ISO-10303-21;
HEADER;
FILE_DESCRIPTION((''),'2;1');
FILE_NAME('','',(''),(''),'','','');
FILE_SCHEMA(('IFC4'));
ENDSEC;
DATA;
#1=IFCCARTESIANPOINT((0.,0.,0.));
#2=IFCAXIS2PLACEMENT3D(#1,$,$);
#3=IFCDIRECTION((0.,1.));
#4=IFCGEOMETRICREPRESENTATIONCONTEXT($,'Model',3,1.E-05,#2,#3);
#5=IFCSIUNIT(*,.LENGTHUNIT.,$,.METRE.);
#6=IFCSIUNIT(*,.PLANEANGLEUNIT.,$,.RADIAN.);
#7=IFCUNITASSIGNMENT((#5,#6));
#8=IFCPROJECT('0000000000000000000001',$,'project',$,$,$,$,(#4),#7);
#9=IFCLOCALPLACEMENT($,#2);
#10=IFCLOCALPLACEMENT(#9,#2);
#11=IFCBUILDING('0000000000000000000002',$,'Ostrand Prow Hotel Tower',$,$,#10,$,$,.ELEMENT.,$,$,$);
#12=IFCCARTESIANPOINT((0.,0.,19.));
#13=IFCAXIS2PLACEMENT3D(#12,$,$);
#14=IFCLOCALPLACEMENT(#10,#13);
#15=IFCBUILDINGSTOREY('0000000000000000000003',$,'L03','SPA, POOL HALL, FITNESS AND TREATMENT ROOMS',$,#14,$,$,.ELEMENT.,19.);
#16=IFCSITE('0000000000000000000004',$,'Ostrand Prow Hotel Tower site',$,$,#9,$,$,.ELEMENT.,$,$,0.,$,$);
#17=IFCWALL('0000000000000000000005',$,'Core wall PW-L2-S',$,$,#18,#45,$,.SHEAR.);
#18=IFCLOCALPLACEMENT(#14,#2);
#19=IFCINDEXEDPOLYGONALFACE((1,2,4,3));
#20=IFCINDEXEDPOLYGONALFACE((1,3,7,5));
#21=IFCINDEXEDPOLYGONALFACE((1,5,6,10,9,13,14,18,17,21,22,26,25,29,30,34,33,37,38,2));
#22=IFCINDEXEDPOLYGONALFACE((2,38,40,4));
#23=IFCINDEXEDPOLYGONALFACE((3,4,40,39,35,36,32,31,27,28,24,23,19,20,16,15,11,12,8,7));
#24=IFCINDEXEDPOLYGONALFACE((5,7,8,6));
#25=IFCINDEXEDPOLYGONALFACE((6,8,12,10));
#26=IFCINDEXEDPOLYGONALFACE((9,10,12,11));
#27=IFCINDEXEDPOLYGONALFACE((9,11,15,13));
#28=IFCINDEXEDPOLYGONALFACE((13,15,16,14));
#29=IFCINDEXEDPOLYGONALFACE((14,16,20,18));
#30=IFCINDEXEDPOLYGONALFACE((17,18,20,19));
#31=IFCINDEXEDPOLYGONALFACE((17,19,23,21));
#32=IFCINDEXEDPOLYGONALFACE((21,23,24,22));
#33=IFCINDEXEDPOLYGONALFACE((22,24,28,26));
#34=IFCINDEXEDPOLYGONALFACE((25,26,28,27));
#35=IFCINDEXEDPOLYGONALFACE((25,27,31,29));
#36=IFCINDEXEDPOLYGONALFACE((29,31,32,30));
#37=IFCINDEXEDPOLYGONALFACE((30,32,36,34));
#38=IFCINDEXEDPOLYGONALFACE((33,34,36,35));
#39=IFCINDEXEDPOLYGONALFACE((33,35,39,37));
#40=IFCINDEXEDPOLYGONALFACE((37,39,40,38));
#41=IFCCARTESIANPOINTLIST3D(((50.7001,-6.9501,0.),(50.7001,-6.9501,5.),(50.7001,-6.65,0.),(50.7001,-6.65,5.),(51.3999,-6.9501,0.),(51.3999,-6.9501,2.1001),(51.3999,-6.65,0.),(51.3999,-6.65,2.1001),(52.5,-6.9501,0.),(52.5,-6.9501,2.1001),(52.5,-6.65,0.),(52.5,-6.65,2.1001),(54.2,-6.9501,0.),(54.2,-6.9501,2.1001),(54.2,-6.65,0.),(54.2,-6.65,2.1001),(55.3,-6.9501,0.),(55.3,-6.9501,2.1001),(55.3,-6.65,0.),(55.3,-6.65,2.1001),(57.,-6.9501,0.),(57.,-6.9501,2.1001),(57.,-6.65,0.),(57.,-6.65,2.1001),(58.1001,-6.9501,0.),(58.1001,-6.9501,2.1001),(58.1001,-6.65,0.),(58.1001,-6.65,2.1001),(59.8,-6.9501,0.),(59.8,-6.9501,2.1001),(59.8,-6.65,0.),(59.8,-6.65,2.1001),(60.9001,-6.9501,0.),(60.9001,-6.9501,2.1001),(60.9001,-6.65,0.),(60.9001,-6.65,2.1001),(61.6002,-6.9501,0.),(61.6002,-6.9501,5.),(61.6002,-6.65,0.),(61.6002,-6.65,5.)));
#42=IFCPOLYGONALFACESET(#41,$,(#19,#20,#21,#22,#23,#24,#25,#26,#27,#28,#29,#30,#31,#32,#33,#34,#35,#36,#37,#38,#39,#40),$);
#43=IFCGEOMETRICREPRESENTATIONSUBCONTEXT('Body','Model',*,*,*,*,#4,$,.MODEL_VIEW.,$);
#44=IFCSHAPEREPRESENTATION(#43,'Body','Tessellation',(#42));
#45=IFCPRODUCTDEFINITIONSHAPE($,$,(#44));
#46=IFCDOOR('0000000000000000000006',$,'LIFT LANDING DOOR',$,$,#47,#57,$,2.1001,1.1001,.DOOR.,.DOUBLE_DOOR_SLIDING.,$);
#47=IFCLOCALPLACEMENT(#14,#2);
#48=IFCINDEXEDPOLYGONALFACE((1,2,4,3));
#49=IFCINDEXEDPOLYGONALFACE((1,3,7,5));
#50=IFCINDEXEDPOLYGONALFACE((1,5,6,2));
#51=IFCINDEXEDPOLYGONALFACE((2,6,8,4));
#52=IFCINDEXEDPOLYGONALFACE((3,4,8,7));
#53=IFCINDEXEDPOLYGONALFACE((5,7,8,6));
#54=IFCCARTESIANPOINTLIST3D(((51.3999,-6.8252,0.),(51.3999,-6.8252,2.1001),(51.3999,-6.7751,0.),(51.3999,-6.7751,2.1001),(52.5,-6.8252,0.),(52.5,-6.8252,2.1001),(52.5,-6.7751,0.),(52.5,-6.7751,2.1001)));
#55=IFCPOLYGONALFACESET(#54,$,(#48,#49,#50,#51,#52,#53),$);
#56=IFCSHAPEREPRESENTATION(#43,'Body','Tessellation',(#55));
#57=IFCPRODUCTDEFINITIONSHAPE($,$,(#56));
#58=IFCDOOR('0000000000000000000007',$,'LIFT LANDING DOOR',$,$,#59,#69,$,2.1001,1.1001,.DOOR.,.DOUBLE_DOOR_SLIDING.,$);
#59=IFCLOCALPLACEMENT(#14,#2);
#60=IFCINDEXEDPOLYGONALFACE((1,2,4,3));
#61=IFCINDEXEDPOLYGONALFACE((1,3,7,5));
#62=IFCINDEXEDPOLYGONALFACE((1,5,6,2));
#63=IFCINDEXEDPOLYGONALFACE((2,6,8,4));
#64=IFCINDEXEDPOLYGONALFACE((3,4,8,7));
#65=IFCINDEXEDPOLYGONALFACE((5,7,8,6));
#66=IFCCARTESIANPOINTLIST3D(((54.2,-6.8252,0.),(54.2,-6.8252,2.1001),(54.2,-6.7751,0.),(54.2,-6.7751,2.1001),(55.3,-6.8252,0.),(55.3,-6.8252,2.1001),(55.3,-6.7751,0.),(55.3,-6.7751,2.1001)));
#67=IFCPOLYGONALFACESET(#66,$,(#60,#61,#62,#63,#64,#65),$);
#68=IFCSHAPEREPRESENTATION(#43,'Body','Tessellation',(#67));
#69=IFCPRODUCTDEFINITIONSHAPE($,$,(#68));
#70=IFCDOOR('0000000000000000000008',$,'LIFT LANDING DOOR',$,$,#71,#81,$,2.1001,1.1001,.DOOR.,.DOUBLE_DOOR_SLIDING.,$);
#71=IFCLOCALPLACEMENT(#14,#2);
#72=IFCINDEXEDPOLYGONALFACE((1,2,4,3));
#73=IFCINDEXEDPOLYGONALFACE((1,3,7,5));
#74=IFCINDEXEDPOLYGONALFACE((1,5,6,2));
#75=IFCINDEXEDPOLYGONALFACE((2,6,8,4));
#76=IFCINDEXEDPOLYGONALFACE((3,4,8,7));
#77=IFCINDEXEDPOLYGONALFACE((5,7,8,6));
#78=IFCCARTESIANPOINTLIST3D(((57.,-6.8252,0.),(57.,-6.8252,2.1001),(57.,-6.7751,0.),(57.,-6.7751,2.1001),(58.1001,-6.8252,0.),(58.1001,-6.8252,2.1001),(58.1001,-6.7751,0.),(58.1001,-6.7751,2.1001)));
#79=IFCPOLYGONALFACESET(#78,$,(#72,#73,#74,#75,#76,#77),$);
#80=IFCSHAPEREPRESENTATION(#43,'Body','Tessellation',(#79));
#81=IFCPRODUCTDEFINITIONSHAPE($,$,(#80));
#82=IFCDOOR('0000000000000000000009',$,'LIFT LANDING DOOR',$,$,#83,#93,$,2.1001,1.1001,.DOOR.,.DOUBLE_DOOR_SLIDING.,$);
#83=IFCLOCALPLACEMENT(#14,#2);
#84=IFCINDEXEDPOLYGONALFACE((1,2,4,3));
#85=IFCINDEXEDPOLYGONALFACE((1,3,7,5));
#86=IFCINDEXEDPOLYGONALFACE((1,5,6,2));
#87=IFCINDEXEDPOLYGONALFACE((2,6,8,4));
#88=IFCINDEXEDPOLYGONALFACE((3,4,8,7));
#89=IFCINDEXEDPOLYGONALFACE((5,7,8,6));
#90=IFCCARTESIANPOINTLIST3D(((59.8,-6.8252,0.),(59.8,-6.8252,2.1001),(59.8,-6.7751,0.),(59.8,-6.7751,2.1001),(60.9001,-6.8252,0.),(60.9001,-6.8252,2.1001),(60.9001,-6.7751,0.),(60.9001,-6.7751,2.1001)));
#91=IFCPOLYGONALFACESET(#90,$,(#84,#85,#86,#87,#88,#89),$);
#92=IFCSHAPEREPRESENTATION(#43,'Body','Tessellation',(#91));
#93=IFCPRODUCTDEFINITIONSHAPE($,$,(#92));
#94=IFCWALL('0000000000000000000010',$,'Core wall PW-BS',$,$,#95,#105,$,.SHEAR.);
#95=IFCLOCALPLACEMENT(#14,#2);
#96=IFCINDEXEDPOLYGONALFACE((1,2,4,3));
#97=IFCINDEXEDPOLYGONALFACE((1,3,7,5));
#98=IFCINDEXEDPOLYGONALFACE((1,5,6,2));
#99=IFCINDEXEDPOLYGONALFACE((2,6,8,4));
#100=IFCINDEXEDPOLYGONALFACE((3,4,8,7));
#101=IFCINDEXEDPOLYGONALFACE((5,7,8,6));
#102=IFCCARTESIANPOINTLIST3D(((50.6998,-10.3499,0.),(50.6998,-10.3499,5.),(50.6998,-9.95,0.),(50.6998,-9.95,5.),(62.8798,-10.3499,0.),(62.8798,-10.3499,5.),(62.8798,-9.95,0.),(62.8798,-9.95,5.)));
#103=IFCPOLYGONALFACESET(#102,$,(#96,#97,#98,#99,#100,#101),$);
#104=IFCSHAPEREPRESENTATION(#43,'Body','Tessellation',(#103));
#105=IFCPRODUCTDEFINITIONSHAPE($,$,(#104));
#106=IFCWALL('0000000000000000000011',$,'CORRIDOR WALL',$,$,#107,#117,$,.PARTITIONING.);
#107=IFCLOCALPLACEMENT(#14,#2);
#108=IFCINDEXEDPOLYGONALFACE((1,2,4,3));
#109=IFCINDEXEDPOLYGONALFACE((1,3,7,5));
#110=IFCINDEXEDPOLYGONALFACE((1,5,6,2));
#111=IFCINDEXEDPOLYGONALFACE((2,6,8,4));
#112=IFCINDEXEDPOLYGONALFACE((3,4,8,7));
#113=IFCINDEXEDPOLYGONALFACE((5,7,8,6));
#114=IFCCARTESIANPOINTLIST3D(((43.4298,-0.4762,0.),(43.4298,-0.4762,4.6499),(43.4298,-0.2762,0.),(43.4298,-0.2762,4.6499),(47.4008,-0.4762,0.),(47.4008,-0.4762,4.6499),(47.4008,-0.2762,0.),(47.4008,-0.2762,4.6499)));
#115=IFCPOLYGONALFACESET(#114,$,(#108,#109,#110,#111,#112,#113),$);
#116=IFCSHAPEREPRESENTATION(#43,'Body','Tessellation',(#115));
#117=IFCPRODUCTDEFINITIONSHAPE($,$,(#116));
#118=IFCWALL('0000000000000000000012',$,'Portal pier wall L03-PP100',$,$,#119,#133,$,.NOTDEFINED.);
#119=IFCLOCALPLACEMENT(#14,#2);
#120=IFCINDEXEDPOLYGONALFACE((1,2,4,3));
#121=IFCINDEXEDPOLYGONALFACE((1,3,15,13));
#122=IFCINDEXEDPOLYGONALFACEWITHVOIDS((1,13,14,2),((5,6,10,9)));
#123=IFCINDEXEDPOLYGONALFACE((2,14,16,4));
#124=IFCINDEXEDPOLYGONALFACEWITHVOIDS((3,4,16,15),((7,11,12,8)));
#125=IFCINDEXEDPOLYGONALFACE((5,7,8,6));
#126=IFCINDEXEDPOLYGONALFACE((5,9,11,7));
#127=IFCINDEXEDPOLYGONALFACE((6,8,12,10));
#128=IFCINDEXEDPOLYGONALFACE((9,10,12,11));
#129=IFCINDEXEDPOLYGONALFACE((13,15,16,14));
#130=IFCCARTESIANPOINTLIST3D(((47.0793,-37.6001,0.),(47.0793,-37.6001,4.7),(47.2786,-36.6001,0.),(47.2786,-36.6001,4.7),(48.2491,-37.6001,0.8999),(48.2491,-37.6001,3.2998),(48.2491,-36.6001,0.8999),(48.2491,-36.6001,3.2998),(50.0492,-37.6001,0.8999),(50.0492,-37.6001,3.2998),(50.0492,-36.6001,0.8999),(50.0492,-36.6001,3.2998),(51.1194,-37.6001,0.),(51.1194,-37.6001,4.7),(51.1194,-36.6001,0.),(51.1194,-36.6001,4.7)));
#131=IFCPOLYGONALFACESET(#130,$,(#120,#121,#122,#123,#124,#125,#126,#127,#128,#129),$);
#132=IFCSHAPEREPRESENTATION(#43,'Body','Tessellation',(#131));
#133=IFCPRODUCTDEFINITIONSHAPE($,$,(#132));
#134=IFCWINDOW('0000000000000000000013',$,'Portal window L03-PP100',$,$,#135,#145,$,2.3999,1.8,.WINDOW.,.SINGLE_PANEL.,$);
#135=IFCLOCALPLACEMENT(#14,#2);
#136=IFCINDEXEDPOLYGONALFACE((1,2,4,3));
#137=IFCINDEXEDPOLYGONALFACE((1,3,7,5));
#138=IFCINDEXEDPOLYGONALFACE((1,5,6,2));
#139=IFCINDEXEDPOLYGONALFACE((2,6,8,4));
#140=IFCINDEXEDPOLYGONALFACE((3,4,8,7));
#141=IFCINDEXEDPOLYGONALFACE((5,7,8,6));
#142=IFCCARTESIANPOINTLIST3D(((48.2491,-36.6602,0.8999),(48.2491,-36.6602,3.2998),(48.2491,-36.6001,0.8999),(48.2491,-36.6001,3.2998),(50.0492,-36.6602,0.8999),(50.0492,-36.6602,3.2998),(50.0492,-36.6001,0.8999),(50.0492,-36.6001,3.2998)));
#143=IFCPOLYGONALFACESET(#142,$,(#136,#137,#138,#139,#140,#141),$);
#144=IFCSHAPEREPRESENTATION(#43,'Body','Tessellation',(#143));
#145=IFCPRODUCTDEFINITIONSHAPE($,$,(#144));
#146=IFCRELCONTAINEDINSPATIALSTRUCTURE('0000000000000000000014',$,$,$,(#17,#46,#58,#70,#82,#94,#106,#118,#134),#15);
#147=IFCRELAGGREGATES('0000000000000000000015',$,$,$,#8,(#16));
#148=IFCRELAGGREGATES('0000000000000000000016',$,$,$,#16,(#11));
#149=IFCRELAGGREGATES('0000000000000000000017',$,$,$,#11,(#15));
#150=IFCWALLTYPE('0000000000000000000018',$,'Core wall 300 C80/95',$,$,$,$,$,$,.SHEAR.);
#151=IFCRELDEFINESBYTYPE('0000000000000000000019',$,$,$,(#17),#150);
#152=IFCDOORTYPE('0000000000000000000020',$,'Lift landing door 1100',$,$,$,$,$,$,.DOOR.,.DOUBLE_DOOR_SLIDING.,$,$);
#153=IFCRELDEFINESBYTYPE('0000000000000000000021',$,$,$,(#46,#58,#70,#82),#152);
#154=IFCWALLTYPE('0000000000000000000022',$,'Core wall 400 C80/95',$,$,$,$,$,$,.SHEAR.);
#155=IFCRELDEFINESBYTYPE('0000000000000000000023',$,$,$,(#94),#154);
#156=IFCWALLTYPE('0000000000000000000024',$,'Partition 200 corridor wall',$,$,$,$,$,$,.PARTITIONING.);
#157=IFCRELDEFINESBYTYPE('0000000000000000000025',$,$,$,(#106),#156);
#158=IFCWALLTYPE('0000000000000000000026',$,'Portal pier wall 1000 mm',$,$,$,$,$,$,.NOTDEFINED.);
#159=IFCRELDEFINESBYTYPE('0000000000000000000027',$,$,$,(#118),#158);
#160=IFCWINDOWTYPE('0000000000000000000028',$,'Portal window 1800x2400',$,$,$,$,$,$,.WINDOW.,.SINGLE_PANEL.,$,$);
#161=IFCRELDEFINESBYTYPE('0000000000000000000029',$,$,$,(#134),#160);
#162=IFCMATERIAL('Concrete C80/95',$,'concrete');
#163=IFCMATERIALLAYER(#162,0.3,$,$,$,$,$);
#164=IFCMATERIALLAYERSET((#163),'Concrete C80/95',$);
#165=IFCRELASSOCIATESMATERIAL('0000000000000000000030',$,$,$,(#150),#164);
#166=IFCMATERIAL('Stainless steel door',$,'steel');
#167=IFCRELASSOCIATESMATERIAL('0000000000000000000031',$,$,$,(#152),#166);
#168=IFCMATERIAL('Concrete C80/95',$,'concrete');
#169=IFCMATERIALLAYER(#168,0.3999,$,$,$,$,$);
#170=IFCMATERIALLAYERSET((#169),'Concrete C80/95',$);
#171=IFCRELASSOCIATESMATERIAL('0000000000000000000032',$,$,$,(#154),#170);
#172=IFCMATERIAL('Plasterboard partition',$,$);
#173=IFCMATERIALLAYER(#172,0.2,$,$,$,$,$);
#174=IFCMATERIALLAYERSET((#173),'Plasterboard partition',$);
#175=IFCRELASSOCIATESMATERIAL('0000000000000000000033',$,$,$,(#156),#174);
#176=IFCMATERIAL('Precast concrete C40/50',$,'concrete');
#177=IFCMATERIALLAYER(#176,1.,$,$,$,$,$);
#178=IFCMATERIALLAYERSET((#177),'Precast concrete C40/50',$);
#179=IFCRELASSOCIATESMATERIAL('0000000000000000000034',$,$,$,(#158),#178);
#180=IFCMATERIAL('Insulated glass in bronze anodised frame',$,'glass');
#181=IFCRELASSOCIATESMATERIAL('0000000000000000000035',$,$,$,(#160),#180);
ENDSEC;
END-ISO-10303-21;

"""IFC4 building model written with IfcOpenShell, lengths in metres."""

from ifc_helpers import new_model, si_unit, direction, frame, frame_2d, origin, place, context, subcontext, project, spatial, polyline, rectangle, outline, extrude, material, layer, layer_set, type_object, element, fill, save


model = new_model("IFC4")

# Units and contexts
model_context = context("Model", 3, precision=1e-05, world=origin(), true_north=direction((0.0, 1.0)))
body_context = subcontext(model_context, "Body", "Model", "MODEL_VIEW")
ifc_project = project(units=[si_unit("LENGTHUNIT", "METRE"), si_unit("PLANEANGLEUNIT", "RADIAN")], contexts=[model_context])

# Site, building, storey
site_placement = place(None, origin())
site = spatial("IfcSite", under=ifc_project, at=site_placement, Name="Ostrand Prow Hotel Tower site", CompositionType="ELEMENT", RefElevation=0.0)
building_placement = place(site_placement, origin())
building = spatial("IfcBuilding", under=site, at=building_placement, Name="Ostrand Prow Hotel Tower", CompositionType="ELEMENT")
storey_placement = place(building_placement, frame((0.0, 0.0, 19.0)))
storey = spatial("IfcBuildingStorey", under=building, at=storey_placement, Name="L03", Description="SPA, POOL HALL, FITNESS AND TREATMENT ROOMS", CompositionType="ELEMENT", Elevation=19.0)

# Shared definitions
ifc_material_1 = material(Name="Concrete C80/95", Category="concrete")
ifc_layer_1 = layer(ifc_material_1, 0.3)
ifc_layer_set_1 = layer_set([ifc_layer_1], Name="Concrete C80/95")
wall_type_1 = type_object("IfcWallType", Name="Core wall 300 C80/95", PredefinedType="SHEAR", material=ifc_layer_set_1)

# Wall, openings, doors
wall_1_placement = place(storey_placement, frame((50.7, -6.8, 0.0), z_axis=(0.0, 0.0, 1.0), x_axis=(1.0, 0.0, 0.0)))
wall_1 = element("IfcWall", 1, at=wall_1_placement, inside=storey, type_object=wall_type_1, Name="Core wall PW-L2-S", PredefinedType="SHEAR", context=body_context, shape_type="SweptSolid", body=[
    extrude(rectangle(XDim=10.9001, YDim=0.3, at=frame_2d((5.4502, 0.0))), origin(), (0.0, 0.0, 1.0), 5.0),
])
opening_1_placement = place(wall_1_placement, frame((0.7, 0.0, 0.0)))
opening_1 = element("IfcOpeningElement", 2, at=opening_1_placement, cuts=wall_1, PredefinedType="OPENING", context=body_context, shape_type="SweptSolid", body=[
    extrude(rectangle(XDim=1.1001, YDim=2.1001, at=frame_2d((0.55, 1.05))), frame((0.0, 0.1599, 0.0), z_axis=(0.0, -1.0, 0.0), x_axis=(1.0, 0.0, 0.0)), (0.0, 0.0, 1.0), 0.3201),
])
opening_2_placement = place(wall_1_placement, frame((3.5, 0.0, 0.0)))
opening_2 = element("IfcOpeningElement", 3, at=opening_2_placement, cuts=wall_1, PredefinedType="OPENING", context=body_context, shape_type="SweptSolid", body=[
    extrude(rectangle(XDim=1.1001, YDim=2.1001, at=frame_2d((0.55, 1.05))), frame((0.0, 0.1599, 0.0), z_axis=(0.0, -1.0, 0.0), x_axis=(1.0, 0.0, 0.0)), (0.0, 0.0, 1.0), 0.3201),
])
opening_3_placement = place(wall_1_placement, frame((6.3, 0.0, 0.0)))
opening_3 = element("IfcOpeningElement", 4, at=opening_3_placement, cuts=wall_1, PredefinedType="OPENING", context=body_context, shape_type="SweptSolid", body=[
    extrude(rectangle(XDim=1.1001, YDim=2.1001, at=frame_2d((0.55, 1.05))), frame((0.0, 0.1599, 0.0), z_axis=(0.0, -1.0, 0.0), x_axis=(1.0, 0.0, 0.0)), (0.0, 0.0, 1.0), 0.3201),
])
opening_4_placement = place(wall_1_placement, frame((9.1001, 0.0, 0.0)))
opening_4 = element("IfcOpeningElement", 5, at=opening_4_placement, cuts=wall_1, PredefinedType="OPENING", context=body_context, shape_type="SweptSolid", body=[
    extrude(rectangle(XDim=1.1001, YDim=2.1001, at=frame_2d((0.55, 1.05))), frame((0.0, 0.1599, 0.0), z_axis=(0.0, -1.0, 0.0), x_axis=(1.0, 0.0, 0.0)), (0.0, 0.0, 1.0), 0.3201),
])
ifc_material_2 = material(Name="Stainless steel door", Category="steel")
door_type_1 = type_object("IfcDoorType", Name="Lift landing door 1100", OperationType="DOUBLE_DOOR_SLIDING", PredefinedType="DOOR", material=ifc_material_2)
door_1_placement = place(opening_1_placement, origin())
door_1 = element("IfcDoor", 6, at=door_1_placement, inside=storey, type_object=door_type_1, Name="LIFT LANDING DOOR", OperationType="DOUBLE_DOOR_SLIDING", OverallHeight=2.1001, OverallWidth=1.1001, PredefinedType="DOOR", context=body_context, shape_type="SweptSolid", body=[
    extrude(rectangle(XDim=1.1001, YDim=2.1001, at=frame_2d((0.55, 1.05))), frame((0.0, 0.0249, 0.0), z_axis=(0.0, -1.0, 0.0), x_axis=(1.0, 0.0, 0.0)), (0.0, 0.0, 1.0), 0.05),
])
fill(opening_1, door_1)
door_2_placement = place(opening_2_placement, origin())
door_2 = element("IfcDoor", 7, at=door_2_placement, inside=storey, type_object=door_type_1, Name="LIFT LANDING DOOR", OperationType="DOUBLE_DOOR_SLIDING", OverallHeight=2.1001, OverallWidth=1.1001, PredefinedType="DOOR", context=body_context, shape_type="SweptSolid", body=[
    extrude(rectangle(XDim=1.1001, YDim=2.1001, at=frame_2d((0.55, 1.05))), frame((0.0, 0.0249, 0.0), z_axis=(0.0, -1.0, 0.0), x_axis=(1.0, 0.0, 0.0)), (0.0, 0.0, 1.0), 0.05),
])
fill(opening_2, door_2)
door_3_placement = place(opening_3_placement, origin())
door_3 = element("IfcDoor", 8, at=door_3_placement, inside=storey, type_object=door_type_1, Name="LIFT LANDING DOOR", OperationType="DOUBLE_DOOR_SLIDING", OverallHeight=2.1001, OverallWidth=1.1001, PredefinedType="DOOR", context=body_context, shape_type="SweptSolid", body=[
    extrude(rectangle(XDim=1.1001, YDim=2.1001, at=frame_2d((0.55, 1.05))), frame((0.0, 0.0249, 0.0), z_axis=(0.0, -1.0, 0.0), x_axis=(1.0, 0.0, 0.0)), (0.0, 0.0, 1.0), 0.05),
])
fill(opening_3, door_3)
door_4_placement = place(opening_4_placement, origin())
door_4 = element("IfcDoor", 9, at=door_4_placement, inside=storey, type_object=door_type_1, Name="LIFT LANDING DOOR", OperationType="DOUBLE_DOOR_SLIDING", OverallHeight=2.1001, OverallWidth=1.1001, PredefinedType="DOOR", context=body_context, shape_type="SweptSolid", body=[
    extrude(rectangle(XDim=1.1001, YDim=2.1001, at=frame_2d((0.55, 1.05))), frame((0.0, 0.0249, 0.0), z_axis=(0.0, -1.0, 0.0), x_axis=(1.0, 0.0, 0.0)), (0.0, 0.0, 1.0), 0.05),
])
fill(opening_4, door_4)

# Walls
ifc_material_3 = material(Name="Concrete C80/95", Category="concrete")
ifc_layer_2 = layer(ifc_material_3, 0.3999)
ifc_layer_set_2 = layer_set([ifc_layer_2], Name="Concrete C80/95")
wall_type_2 = type_object("IfcWallType", Name="Core wall 400 C80/95", PredefinedType="SHEAR", material=ifc_layer_set_2)
wall_2_placement = place(storey_placement, frame((50.7, -10.1499, 0.0), z_axis=(0.0, 0.0, 1.0), x_axis=(1.0, 0.0, 0.0)))
element("IfcWall", 10, at=wall_2_placement, inside=storey, type_object=wall_type_2, Name="Core wall PW-BS", PredefinedType="SHEAR", context=body_context, shape_type="SweptSolid", body=[
    extrude(rectangle(XDim=12.1799, YDim=0.3999, at=frame_2d((6.0898, 0.0))), origin(), (0.0, 0.0, 1.0), 5.0),
])
ifc_material_4 = material(Name="Plasterboard partition")
ifc_layer_3 = layer(ifc_material_4, 0.2)
ifc_layer_set_3 = layer_set([ifc_layer_3], Name="Plasterboard partition")
wall_type_3 = type_object("IfcWallType", Name="Partition 200 corridor wall", PredefinedType="PARTITIONING", material=ifc_layer_set_3)
wall_3_placement = place(storey_placement, frame((43.4299, -0.3762, 0.0), z_axis=(0.0, 0.0, 1.0), x_axis=(1.0, 0.0, 0.0)))
element("IfcWall", 11, at=wall_3_placement, inside=storey, type_object=wall_type_3, Name="CORRIDOR WALL", PredefinedType="PARTITIONING", context=body_context, shape_type="SweptSolid", body=[
    extrude(rectangle(XDim=3.9709, YDim=0.2, at=frame_2d((1.9854, 0.0))), origin(), (0.0, 0.0, 1.0), 4.6499),
])

# Wall, opening, window
ifc_material_5 = material(Name="Precast concrete C40/50", Category="concrete")
ifc_layer_4 = layer(ifc_material_5, 1.0)
ifc_layer_set_4 = layer_set([ifc_layer_4], Name="Precast concrete C40/50")
wall_type_4 = type_object("IfcWallType", Name="Portal pier wall 1000 mm", PredefinedType="NOTDEFINED", material=ifc_layer_set_4)
wall_4_placement = place(storey_placement, frame((47.179, -37.1001, 0.0), z_axis=(0.0, 0.0, 1.0), x_axis=(1.0, 0.0, 0.0)))
wall_4 = element("IfcWall", 12, at=wall_4_placement, inside=storey, type_object=wall_type_4, Name="Portal pier wall L03-PP100", PredefinedType="NOTDEFINED", context=body_context, shape_type="SweptSolid", body=[
    extrude(outline(polyline([(-0.0996, -0.5), (3.9404, -0.5), (3.9404, 0.5), (0.0996, 0.5), (-0.0996, -0.5)])), origin(), (0.0, 0.0, 1.0), 4.7),
])
opening_5_placement = place(wall_4_placement, frame((1.0703, 0.0, 0.8999)))
opening_5 = element("IfcOpeningElement", 13, at=opening_5_placement, cuts=wall_4, PredefinedType="OPENING", context=body_context, shape_type="SweptSolid", body=[
    extrude(rectangle(XDim=1.8, YDim=2.3999, at=frame_2d((0.8999, 1.2))), frame((0.0, 0.51, 0.0), z_axis=(0.0, -1.0, 0.0), x_axis=(1.0, 0.0, 0.0)), (0.0, 0.0, 1.0), 1.02),
])
ifc_material_6 = material(Name="Insulated glass in bronze anodised frame", Category="glass")
window_type = type_object("IfcWindowType", Name="Portal window 1800x2400", PartitioningType="SINGLE_PANEL", PredefinedType="WINDOW", material=ifc_material_6)
window_1_placement = place(opening_5_placement, origin())
window_1 = element("IfcWindow", 14, at=window_1_placement, inside=storey, type_object=window_type, Name="Portal window L03-PP100", OverallHeight=2.3999, OverallWidth=1.8, PartitioningType="SINGLE_PANEL", PredefinedType="WINDOW", context=body_context, shape_type="SweptSolid", body=[
    extrude(rectangle(XDim=1.8, YDim=2.3999, at=frame_2d((0.8999, 1.2))), frame((0.0, 0.5, 0.0), z_axis=(0.0, -1.0, 0.0), x_axis=(1.0, 0.0, 0.0)), (0.0, 0.0, 1.0), 0.0601),
])
fill(opening_5, window_1)

save(model, "model.ifc")
